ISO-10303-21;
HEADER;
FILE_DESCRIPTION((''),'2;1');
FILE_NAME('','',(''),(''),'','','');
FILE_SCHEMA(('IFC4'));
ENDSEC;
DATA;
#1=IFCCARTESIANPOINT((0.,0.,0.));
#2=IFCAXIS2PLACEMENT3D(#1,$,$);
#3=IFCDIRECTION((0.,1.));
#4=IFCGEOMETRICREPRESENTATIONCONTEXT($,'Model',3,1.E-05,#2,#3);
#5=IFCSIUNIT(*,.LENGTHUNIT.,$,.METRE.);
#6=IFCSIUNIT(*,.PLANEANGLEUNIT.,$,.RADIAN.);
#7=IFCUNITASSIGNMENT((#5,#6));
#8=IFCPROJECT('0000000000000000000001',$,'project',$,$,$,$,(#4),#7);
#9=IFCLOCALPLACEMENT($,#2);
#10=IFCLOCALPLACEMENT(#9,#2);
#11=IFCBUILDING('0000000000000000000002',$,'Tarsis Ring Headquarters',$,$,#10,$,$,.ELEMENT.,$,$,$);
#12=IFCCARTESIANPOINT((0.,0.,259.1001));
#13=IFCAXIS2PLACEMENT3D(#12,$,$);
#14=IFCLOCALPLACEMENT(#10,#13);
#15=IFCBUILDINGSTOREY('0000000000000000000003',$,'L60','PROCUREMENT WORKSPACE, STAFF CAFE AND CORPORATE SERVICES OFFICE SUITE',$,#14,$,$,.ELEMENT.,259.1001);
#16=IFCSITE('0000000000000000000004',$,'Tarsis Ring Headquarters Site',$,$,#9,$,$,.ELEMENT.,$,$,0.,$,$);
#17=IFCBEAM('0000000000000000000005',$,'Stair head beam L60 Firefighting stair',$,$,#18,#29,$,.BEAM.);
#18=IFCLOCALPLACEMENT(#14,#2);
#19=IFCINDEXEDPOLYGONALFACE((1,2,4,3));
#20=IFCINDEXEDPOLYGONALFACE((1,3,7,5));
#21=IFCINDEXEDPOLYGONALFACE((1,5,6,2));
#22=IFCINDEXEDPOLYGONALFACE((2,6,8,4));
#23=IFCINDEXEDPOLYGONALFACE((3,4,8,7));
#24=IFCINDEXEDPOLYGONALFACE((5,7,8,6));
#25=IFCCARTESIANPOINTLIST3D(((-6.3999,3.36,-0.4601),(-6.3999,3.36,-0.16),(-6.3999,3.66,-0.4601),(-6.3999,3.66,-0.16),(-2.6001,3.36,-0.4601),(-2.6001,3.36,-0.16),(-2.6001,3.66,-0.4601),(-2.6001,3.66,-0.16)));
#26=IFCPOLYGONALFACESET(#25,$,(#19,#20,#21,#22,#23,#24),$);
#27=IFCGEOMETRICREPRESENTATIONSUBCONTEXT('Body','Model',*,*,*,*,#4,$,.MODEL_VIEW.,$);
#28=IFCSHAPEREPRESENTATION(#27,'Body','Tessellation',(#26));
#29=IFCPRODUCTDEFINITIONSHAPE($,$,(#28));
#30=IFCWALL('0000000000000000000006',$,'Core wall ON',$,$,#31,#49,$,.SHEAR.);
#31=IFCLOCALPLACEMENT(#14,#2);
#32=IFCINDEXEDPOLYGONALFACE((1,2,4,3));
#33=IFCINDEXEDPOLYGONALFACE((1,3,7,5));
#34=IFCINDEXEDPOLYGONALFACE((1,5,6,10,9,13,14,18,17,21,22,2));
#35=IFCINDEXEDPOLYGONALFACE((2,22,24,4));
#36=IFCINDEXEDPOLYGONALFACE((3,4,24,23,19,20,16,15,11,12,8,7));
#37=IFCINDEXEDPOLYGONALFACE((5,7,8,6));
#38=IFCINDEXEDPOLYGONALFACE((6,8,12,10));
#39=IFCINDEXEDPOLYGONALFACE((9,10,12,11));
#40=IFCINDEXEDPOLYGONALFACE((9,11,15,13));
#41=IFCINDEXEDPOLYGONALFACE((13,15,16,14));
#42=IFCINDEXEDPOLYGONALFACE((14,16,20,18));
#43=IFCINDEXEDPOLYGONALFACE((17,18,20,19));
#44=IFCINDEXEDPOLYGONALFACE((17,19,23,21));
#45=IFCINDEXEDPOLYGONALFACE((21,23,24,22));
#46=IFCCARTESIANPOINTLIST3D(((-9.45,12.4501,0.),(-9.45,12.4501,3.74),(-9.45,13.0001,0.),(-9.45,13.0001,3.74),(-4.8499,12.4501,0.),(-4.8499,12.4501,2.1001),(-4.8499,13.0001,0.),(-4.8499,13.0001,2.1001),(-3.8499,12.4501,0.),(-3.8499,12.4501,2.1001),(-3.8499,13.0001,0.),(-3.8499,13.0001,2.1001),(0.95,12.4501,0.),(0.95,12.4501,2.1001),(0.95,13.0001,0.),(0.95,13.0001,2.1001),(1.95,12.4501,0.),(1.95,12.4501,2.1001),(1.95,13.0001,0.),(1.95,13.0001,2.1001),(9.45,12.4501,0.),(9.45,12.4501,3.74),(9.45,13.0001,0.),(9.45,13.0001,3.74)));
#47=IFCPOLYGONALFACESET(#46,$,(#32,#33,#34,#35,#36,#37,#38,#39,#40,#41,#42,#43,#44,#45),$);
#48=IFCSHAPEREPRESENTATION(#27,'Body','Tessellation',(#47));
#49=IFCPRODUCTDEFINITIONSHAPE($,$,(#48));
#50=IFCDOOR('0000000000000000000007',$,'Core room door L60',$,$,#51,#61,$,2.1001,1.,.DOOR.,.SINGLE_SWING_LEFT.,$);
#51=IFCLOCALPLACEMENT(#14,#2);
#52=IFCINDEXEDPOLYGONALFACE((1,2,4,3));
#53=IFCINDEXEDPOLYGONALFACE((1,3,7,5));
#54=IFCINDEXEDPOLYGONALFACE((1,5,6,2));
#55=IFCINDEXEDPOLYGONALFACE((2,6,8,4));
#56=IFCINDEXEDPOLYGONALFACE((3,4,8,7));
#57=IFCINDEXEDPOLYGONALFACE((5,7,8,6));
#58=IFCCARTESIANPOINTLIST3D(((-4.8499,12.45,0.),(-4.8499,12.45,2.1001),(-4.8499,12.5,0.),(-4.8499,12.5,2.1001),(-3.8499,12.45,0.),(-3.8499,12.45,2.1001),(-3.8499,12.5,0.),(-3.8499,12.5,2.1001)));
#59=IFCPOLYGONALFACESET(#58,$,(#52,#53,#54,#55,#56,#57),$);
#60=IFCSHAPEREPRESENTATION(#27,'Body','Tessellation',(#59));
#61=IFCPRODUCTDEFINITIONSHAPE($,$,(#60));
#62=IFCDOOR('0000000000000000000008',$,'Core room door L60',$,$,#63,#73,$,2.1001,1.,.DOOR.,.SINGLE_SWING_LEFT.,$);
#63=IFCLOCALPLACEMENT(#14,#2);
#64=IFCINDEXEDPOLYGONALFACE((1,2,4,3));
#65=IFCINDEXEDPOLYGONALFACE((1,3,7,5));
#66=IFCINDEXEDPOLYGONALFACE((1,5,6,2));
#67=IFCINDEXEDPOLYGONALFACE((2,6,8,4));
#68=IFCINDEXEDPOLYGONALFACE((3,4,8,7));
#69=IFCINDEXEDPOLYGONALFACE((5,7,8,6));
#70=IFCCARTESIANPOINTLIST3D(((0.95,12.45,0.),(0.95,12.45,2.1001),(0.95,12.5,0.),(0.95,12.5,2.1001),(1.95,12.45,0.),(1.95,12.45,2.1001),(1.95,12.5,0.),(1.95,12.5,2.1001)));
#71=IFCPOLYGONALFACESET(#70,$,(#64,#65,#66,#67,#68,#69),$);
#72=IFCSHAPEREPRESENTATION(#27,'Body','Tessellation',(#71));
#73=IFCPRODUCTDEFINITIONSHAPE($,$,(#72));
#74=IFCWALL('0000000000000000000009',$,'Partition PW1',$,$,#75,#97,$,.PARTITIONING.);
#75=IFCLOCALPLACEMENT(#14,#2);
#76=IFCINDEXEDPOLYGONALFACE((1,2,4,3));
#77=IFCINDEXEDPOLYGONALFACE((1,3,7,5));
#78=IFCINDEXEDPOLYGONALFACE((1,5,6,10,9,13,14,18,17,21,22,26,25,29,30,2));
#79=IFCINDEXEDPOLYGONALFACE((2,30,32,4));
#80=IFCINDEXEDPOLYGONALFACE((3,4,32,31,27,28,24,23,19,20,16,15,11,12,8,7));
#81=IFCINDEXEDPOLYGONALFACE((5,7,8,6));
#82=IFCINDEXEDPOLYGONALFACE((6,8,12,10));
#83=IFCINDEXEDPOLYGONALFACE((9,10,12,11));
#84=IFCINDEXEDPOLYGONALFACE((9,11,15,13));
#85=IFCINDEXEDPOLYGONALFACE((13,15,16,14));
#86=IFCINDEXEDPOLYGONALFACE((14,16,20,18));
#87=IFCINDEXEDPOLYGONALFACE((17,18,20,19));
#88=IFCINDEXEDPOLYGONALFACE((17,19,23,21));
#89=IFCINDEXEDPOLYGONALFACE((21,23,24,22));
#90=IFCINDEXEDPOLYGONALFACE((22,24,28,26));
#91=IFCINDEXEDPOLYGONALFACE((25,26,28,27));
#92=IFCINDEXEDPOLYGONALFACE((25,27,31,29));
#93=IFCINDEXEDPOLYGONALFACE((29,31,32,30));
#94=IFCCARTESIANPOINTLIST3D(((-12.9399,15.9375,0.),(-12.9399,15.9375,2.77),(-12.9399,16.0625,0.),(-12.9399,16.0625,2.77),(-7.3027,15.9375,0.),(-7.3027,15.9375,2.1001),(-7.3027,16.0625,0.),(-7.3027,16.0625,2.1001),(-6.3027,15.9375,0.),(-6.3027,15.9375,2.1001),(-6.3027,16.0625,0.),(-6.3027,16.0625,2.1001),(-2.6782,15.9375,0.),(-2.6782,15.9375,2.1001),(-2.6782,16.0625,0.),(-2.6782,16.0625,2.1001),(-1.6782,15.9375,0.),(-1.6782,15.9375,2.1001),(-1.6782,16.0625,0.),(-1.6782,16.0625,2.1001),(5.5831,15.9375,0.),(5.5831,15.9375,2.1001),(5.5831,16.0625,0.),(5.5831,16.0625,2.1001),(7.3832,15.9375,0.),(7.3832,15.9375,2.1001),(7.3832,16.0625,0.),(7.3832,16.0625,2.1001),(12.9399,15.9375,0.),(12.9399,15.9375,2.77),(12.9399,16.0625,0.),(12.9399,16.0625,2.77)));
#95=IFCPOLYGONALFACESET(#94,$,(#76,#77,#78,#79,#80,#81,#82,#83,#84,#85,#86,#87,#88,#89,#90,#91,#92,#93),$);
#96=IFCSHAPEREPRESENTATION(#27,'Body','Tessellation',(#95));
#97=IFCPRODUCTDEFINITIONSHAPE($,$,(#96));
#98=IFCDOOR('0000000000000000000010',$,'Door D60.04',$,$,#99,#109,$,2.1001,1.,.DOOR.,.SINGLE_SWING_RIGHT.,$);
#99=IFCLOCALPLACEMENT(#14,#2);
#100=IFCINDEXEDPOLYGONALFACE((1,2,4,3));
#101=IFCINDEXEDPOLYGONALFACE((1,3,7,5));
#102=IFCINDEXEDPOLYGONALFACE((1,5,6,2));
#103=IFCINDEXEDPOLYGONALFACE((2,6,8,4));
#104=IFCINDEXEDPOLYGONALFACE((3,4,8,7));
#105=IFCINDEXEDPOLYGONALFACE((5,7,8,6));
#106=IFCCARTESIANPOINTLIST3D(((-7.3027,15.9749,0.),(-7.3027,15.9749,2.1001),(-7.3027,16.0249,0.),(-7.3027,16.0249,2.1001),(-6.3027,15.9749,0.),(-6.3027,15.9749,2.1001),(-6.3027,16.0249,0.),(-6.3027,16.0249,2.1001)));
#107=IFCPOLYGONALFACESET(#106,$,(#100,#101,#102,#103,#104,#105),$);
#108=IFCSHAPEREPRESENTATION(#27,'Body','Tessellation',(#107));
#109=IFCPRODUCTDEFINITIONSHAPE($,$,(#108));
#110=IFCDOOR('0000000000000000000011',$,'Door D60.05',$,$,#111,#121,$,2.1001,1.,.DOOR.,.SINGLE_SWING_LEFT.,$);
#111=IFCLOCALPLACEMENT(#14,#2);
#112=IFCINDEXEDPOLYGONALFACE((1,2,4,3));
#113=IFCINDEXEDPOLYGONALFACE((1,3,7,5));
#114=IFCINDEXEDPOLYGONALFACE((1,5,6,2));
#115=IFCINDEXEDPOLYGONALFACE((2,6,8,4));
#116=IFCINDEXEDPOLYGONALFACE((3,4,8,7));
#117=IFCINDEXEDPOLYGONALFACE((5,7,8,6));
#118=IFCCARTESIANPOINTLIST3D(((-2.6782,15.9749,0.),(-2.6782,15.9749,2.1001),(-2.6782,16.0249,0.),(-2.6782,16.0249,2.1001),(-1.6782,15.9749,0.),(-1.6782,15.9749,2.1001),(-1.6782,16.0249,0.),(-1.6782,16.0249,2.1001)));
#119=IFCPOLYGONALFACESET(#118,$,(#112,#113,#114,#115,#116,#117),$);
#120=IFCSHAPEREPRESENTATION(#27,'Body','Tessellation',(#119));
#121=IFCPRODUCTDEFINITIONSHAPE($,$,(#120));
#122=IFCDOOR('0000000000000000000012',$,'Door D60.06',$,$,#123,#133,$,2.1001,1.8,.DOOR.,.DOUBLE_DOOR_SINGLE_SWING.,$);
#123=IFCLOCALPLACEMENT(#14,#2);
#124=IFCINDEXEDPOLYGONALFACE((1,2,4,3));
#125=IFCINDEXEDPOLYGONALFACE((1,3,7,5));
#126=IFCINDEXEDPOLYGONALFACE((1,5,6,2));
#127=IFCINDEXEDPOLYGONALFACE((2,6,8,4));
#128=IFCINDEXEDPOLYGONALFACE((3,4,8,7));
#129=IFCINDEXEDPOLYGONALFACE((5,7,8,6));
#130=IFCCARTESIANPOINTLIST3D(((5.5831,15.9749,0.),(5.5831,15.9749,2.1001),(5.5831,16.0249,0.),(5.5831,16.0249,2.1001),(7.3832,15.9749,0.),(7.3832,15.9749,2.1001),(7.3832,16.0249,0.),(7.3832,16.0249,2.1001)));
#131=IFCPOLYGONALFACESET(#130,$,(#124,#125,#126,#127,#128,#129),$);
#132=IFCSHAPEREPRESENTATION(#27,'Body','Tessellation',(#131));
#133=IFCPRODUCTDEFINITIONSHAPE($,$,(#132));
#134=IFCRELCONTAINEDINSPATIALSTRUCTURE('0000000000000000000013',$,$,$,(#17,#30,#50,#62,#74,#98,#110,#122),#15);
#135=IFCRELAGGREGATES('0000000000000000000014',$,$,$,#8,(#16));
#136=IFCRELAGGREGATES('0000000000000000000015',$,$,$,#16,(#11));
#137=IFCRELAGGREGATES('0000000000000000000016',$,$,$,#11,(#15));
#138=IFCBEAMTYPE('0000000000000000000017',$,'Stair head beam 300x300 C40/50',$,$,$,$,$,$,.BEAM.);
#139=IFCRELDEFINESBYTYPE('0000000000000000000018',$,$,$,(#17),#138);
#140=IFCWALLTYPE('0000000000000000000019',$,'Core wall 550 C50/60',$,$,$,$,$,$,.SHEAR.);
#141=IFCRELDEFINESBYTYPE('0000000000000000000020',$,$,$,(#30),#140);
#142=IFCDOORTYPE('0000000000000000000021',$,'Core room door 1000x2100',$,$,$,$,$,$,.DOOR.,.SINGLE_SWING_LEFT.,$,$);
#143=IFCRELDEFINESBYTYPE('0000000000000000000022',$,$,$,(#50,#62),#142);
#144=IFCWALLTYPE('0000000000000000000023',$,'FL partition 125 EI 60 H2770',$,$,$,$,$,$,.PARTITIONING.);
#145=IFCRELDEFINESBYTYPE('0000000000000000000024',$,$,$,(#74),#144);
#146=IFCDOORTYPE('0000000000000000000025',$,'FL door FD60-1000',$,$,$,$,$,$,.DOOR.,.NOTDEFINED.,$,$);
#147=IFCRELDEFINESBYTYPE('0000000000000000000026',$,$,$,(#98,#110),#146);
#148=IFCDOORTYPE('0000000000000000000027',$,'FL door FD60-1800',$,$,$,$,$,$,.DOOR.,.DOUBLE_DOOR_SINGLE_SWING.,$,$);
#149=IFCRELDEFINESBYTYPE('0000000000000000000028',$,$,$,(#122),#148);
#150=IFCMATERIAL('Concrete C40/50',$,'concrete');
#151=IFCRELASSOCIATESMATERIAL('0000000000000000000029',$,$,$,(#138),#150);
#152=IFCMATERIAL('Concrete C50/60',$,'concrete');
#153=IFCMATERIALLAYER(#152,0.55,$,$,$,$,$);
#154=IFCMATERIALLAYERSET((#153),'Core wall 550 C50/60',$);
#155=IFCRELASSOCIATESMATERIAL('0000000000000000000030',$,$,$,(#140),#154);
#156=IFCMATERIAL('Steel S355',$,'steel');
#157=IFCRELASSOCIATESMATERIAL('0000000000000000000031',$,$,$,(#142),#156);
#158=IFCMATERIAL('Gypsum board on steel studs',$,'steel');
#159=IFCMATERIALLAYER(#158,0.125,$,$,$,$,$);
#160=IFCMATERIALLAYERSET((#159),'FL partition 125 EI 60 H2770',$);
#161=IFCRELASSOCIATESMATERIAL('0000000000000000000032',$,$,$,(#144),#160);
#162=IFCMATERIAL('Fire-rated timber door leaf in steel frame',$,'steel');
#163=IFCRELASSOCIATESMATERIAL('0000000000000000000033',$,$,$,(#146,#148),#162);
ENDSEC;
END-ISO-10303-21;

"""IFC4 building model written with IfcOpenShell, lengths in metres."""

from ifc_helpers import new_model, si_unit, direction, frame, frame_2d, origin, origin_2d, place, context, subcontext, project, spatial, rectangle, extrude, material, layer, layer_set, material_profile, profile_set, type_object, element, fill, save


model = new_model("IFC4")

# Units and contexts
model_context = context("Model", 3, precision=1e-05, world=origin(), true_north=direction((0.0, 1.0)))
body_context = subcontext(model_context, "Body", "Model", "MODEL_VIEW")
ifc_project = project(units=[si_unit("LENGTHUNIT", "METRE"), si_unit("PLANEANGLEUNIT", "RADIAN")], contexts=[model_context])

# Site, building, storey
site_placement = place(None, origin())
site = spatial("IfcSite", under=ifc_project, at=site_placement, Name="Tarsis Ring Headquarters Site", CompositionType="ELEMENT", RefElevation=0.0)
building_placement = place(site_placement, origin())
building = spatial("IfcBuilding", under=site, at=building_placement, Name="Tarsis Ring Headquarters", CompositionType="ELEMENT")
storey_placement = place(building_placement, frame((0.0, 0.0, 259.1001)))
storey = spatial("IfcBuildingStorey", under=building, at=storey_placement, Name="L60", Description="PROCUREMENT WORKSPACE, STAFF CAFE AND CORPORATE SERVICES OFFICE SUITE", CompositionType="ELEMENT", Elevation=259.1001)

# Beam
ifc_material_1 = material(Name="Concrete C40/50", Category="concrete")
ifc_material_profile = material_profile(ifc_material_1, rectangle(XDim=0.3, YDim=0.3, at=origin_2d()), Name="Stair head beam 300x300 C40/50")
ifc_profile_set = profile_set([ifc_material_profile], Name="Concrete C40/50")
beam_type = type_object("IfcBeamType", Name="Stair head beam 300x300 C40/50", PredefinedType="BEAM", material=ifc_profile_set)
beam_placement = place(storey_placement, frame((-6.3999, 3.51, -0.3101), z_axis=(1.0, 0.0, 0.0), x_axis=(0.0, 1.0, 0.0)))
element("IfcBeam", 1, at=beam_placement, inside=storey, type_object=beam_type, Name="Stair head beam L60 Firefighting stair", PredefinedType="BEAM", context=body_context, shape_type="SweptSolid", body=[
    extrude(rectangle(XDim=0.3, YDim=0.3, at=origin_2d()), origin(), (0.0, 0.0, 1.0), 3.7998),
])

# Walls, openings, doors
ifc_material_2 = material(Name="Concrete C50/60", Category="concrete")
ifc_layer_1 = layer(ifc_material_2, 0.55)
ifc_layer_set_1 = layer_set([ifc_layer_1], Name="Core wall 550 C50/60")
wall_type_1 = type_object("IfcWallType", Name="Core wall 550 C50/60", PredefinedType="SHEAR", material=ifc_layer_set_1)
wall_1_placement = place(storey_placement, frame((-9.45, 12.7251, 0.0), z_axis=(0.0, 0.0, 1.0), x_axis=(1.0, 0.0, 0.0)))
wall_1 = element("IfcWall", 2, at=wall_1_placement, inside=storey, type_object=wall_type_1, Name="Core wall ON", PredefinedType="SHEAR", context=body_context, shape_type="SweptSolid", body=[
    extrude(rectangle(XDim=18.8999, YDim=0.55, at=frame_2d((9.45, 0.0))), origin(), (0.0, 0.0, 1.0), 3.74),
])
opening_1_placement = place(wall_1_placement, frame((4.6001, 0.0, 0.0)))
opening_1 = element("IfcOpeningElement", 3, at=opening_1_placement, cuts=wall_1, PredefinedType="OPENING", context=body_context, shape_type="SweptSolid", body=[
    extrude(rectangle(XDim=1.0, YDim=2.1001, at=frame_2d((0.5, 1.05))), frame((0.0, 0.2849, 0.0), z_axis=(0.0, -1.0, 0.0), x_axis=(1.0, 0.0, 0.0)), (0.0, 0.0, 1.0), 0.5701),
])
opening_2_placement = place(wall_1_placement, frame((10.3999, 0.0, 0.0)))
opening_2 = element("IfcOpeningElement", 4, at=opening_2_placement, cuts=wall_1, PredefinedType="OPENING", context=body_context, shape_type="SweptSolid", body=[
    extrude(rectangle(XDim=1.0, YDim=2.1001, at=frame_2d((0.5, 1.05))), frame((0.0, 0.2849, 0.0), z_axis=(0.0, -1.0, 0.0), x_axis=(1.0, 0.0, 0.0)), (0.0, 0.0, 1.0), 0.5701),
])
ifc_material_3 = material(Name="Steel S355", Category="steel")
door_type_1 = type_object("IfcDoorType", Name="Core room door 1000x2100", OperationType="SINGLE_SWING_LEFT", PredefinedType="DOOR", material=ifc_material_3)
door_1_placement = place(opening_1_placement, origin())
door_1 = element("IfcDoor", 5, at=door_1_placement, inside=storey, type_object=door_type_1, Name="Core room door L60", OperationType="SINGLE_SWING_LEFT", OverallHeight=2.1001, OverallWidth=1.0, PredefinedType="DOOR", context=body_context, shape_type="SweptSolid", body=[
    extrude(rectangle(XDim=1.0, YDim=2.1001, at=frame_2d((0.5, 1.05))), frame((0.0, -0.2251, 0.0), z_axis=(0.0, -1.0, 0.0), x_axis=(1.0, 0.0, 0.0)), (0.0, 0.0, 1.0), 0.05),
])
fill(opening_1, door_1)
door_2_placement = place(opening_2_placement, origin())
door_2 = element("IfcDoor", 6, at=door_2_placement, inside=storey, type_object=door_type_1, Name="Core room door L60", OperationType="SINGLE_SWING_LEFT", OverallHeight=2.1001, OverallWidth=1.0, PredefinedType="DOOR", context=body_context, shape_type="SweptSolid", body=[
    extrude(rectangle(XDim=1.0, YDim=2.1001, at=frame_2d((0.5, 1.05))), frame((0.0, -0.2251, 0.0), z_axis=(0.0, -1.0, 0.0), x_axis=(1.0, 0.0, 0.0)), (0.0, 0.0, 1.0), 0.05),
])
fill(opening_2, door_2)
ifc_material_4 = material(Name="Gypsum board on steel studs", Category="steel")
ifc_layer_2 = layer(ifc_material_4, 0.125)
ifc_layer_set_2 = layer_set([ifc_layer_2], Name="FL partition 125 EI 60 H2770")
wall_type_2 = type_object("IfcWallType", Name="FL partition 125 EI 60 H2770", PredefinedType="PARTITIONING", material=ifc_layer_set_2)
wall_2_placement = place(storey_placement, frame((-12.9399, 16.0, 0.0), z_axis=(0.0, 0.0, 1.0), x_axis=(1.0, 0.0, 0.0)))
wall_2 = element("IfcWall", 7, at=wall_2_placement, inside=storey, type_object=wall_type_2, Name="Partition PW1", PredefinedType="PARTITIONING", context=body_context, shape_type="SweptSolid", body=[
    extrude(rectangle(XDim=25.8799, YDim=0.125, at=frame_2d((12.9399, 0.0))), origin(), (0.0, 0.0, 1.0), 2.77),
])
opening_3_placement = place(wall_2_placement, frame((5.6372, 0.0, 0.0)))
opening_3 = element("IfcOpeningElement", 8, at=opening_3_placement, cuts=wall_2, PredefinedType="OPENING", context=body_context, shape_type="SweptSolid", body=[
    extrude(rectangle(XDim=1.0, YDim=2.1001, at=frame_2d((0.5, 1.05))), frame((0.0, 0.0725, 0.0), z_axis=(0.0, -1.0, 0.0), x_axis=(1.0, 0.0, 0.0)), (0.0, 0.0, 1.0), 0.145),
])
opening_4_placement = place(wall_2_placement, frame((10.2617, 0.0, 0.0)))
opening_4 = element("IfcOpeningElement", 9, at=opening_4_placement, cuts=wall_2, PredefinedType="OPENING", context=body_context, shape_type="SweptSolid", body=[
    extrude(rectangle(XDim=1.0, YDim=2.1001, at=frame_2d((0.5, 1.05))), frame((0.0, 0.0725, 0.0), z_axis=(0.0, -1.0, 0.0), x_axis=(1.0, 0.0, 0.0)), (0.0, 0.0, 1.0), 0.145),
])
opening_5_placement = place(wall_2_placement, frame((18.5232, 0.0, 0.0)))
opening_5 = element("IfcOpeningElement", 10, at=opening_5_placement, cuts=wall_2, PredefinedType="OPENING", context=body_context, shape_type="SweptSolid", body=[
    extrude(rectangle(XDim=1.8, YDim=2.1001, at=frame_2d((0.8999, 1.05))), frame((0.0, 0.0725, 0.0), z_axis=(0.0, -1.0, 0.0), x_axis=(1.0, 0.0, 0.0)), (0.0, 0.0, 1.0), 0.145),
])
ifc_material_5 = material(Name="Fire-rated timber door leaf in steel frame", Category="steel")
door_type_2 = type_object("IfcDoorType", Name="FL door FD60-1000", OperationType="NOTDEFINED", PredefinedType="DOOR", material=ifc_material_5)
door_3_placement = place(opening_3_placement, origin())
door_3 = element("IfcDoor", 11, at=door_3_placement, inside=storey, type_object=door_type_2, Name="Door D60.04", OperationType="SINGLE_SWING_RIGHT", OverallHeight=2.1001, OverallWidth=1.0, PredefinedType="DOOR", context=body_context, shape_type="SweptSolid", body=[
    extrude(rectangle(XDim=1.0, YDim=2.1001, at=frame_2d((0.5, 1.05))), frame((0.0, 0.0249, 0.0), z_axis=(0.0, -1.0, 0.0), x_axis=(1.0, 0.0, 0.0)), (0.0, 0.0, 1.0), 0.05),
])
fill(opening_3, door_3)
door_4_placement = place(opening_4_placement, origin())
door_4 = element("IfcDoor", 12, at=door_4_placement, inside=storey, type_object=door_type_2, Name="Door D60.05", OperationType="SINGLE_SWING_LEFT", OverallHeight=2.1001, OverallWidth=1.0, PredefinedType="DOOR", context=body_context, shape_type="SweptSolid", body=[
    extrude(rectangle(XDim=1.0, YDim=2.1001, at=frame_2d((0.5, 1.05))), frame((0.0, 0.0249, 0.0), z_axis=(0.0, -1.0, 0.0), x_axis=(1.0, 0.0, 0.0)), (0.0, 0.0, 1.0), 0.05),
])
fill(opening_4, door_4)
door_type_3 = type_object("IfcDoorType", Name="FL door FD60-1800", OperationType="DOUBLE_DOOR_SINGLE_SWING", PredefinedType="DOOR", material=ifc_material_5)
door_5_placement = place(opening_5_placement, origin())
door_5 = element("IfcDoor", 13, at=door_5_placement, inside=storey, type_object=door_type_3, Name="Door D60.06", OperationType="DOUBLE_DOOR_SINGLE_SWING", OverallHeight=2.1001, OverallWidth=1.8, PredefinedType="DOOR", context=body_context, shape_type="SweptSolid", body=[
    extrude(rectangle(XDim=1.8, YDim=2.1001, at=frame_2d((0.8999, 1.05))), frame((0.0, 0.0249, 0.0), z_axis=(0.0, -1.0, 0.0), x_axis=(1.0, 0.0, 0.0)), (0.0, 0.0, 1.0), 0.05),
])
fill(opening_5, door_5)

save(model, "model.ifc")
